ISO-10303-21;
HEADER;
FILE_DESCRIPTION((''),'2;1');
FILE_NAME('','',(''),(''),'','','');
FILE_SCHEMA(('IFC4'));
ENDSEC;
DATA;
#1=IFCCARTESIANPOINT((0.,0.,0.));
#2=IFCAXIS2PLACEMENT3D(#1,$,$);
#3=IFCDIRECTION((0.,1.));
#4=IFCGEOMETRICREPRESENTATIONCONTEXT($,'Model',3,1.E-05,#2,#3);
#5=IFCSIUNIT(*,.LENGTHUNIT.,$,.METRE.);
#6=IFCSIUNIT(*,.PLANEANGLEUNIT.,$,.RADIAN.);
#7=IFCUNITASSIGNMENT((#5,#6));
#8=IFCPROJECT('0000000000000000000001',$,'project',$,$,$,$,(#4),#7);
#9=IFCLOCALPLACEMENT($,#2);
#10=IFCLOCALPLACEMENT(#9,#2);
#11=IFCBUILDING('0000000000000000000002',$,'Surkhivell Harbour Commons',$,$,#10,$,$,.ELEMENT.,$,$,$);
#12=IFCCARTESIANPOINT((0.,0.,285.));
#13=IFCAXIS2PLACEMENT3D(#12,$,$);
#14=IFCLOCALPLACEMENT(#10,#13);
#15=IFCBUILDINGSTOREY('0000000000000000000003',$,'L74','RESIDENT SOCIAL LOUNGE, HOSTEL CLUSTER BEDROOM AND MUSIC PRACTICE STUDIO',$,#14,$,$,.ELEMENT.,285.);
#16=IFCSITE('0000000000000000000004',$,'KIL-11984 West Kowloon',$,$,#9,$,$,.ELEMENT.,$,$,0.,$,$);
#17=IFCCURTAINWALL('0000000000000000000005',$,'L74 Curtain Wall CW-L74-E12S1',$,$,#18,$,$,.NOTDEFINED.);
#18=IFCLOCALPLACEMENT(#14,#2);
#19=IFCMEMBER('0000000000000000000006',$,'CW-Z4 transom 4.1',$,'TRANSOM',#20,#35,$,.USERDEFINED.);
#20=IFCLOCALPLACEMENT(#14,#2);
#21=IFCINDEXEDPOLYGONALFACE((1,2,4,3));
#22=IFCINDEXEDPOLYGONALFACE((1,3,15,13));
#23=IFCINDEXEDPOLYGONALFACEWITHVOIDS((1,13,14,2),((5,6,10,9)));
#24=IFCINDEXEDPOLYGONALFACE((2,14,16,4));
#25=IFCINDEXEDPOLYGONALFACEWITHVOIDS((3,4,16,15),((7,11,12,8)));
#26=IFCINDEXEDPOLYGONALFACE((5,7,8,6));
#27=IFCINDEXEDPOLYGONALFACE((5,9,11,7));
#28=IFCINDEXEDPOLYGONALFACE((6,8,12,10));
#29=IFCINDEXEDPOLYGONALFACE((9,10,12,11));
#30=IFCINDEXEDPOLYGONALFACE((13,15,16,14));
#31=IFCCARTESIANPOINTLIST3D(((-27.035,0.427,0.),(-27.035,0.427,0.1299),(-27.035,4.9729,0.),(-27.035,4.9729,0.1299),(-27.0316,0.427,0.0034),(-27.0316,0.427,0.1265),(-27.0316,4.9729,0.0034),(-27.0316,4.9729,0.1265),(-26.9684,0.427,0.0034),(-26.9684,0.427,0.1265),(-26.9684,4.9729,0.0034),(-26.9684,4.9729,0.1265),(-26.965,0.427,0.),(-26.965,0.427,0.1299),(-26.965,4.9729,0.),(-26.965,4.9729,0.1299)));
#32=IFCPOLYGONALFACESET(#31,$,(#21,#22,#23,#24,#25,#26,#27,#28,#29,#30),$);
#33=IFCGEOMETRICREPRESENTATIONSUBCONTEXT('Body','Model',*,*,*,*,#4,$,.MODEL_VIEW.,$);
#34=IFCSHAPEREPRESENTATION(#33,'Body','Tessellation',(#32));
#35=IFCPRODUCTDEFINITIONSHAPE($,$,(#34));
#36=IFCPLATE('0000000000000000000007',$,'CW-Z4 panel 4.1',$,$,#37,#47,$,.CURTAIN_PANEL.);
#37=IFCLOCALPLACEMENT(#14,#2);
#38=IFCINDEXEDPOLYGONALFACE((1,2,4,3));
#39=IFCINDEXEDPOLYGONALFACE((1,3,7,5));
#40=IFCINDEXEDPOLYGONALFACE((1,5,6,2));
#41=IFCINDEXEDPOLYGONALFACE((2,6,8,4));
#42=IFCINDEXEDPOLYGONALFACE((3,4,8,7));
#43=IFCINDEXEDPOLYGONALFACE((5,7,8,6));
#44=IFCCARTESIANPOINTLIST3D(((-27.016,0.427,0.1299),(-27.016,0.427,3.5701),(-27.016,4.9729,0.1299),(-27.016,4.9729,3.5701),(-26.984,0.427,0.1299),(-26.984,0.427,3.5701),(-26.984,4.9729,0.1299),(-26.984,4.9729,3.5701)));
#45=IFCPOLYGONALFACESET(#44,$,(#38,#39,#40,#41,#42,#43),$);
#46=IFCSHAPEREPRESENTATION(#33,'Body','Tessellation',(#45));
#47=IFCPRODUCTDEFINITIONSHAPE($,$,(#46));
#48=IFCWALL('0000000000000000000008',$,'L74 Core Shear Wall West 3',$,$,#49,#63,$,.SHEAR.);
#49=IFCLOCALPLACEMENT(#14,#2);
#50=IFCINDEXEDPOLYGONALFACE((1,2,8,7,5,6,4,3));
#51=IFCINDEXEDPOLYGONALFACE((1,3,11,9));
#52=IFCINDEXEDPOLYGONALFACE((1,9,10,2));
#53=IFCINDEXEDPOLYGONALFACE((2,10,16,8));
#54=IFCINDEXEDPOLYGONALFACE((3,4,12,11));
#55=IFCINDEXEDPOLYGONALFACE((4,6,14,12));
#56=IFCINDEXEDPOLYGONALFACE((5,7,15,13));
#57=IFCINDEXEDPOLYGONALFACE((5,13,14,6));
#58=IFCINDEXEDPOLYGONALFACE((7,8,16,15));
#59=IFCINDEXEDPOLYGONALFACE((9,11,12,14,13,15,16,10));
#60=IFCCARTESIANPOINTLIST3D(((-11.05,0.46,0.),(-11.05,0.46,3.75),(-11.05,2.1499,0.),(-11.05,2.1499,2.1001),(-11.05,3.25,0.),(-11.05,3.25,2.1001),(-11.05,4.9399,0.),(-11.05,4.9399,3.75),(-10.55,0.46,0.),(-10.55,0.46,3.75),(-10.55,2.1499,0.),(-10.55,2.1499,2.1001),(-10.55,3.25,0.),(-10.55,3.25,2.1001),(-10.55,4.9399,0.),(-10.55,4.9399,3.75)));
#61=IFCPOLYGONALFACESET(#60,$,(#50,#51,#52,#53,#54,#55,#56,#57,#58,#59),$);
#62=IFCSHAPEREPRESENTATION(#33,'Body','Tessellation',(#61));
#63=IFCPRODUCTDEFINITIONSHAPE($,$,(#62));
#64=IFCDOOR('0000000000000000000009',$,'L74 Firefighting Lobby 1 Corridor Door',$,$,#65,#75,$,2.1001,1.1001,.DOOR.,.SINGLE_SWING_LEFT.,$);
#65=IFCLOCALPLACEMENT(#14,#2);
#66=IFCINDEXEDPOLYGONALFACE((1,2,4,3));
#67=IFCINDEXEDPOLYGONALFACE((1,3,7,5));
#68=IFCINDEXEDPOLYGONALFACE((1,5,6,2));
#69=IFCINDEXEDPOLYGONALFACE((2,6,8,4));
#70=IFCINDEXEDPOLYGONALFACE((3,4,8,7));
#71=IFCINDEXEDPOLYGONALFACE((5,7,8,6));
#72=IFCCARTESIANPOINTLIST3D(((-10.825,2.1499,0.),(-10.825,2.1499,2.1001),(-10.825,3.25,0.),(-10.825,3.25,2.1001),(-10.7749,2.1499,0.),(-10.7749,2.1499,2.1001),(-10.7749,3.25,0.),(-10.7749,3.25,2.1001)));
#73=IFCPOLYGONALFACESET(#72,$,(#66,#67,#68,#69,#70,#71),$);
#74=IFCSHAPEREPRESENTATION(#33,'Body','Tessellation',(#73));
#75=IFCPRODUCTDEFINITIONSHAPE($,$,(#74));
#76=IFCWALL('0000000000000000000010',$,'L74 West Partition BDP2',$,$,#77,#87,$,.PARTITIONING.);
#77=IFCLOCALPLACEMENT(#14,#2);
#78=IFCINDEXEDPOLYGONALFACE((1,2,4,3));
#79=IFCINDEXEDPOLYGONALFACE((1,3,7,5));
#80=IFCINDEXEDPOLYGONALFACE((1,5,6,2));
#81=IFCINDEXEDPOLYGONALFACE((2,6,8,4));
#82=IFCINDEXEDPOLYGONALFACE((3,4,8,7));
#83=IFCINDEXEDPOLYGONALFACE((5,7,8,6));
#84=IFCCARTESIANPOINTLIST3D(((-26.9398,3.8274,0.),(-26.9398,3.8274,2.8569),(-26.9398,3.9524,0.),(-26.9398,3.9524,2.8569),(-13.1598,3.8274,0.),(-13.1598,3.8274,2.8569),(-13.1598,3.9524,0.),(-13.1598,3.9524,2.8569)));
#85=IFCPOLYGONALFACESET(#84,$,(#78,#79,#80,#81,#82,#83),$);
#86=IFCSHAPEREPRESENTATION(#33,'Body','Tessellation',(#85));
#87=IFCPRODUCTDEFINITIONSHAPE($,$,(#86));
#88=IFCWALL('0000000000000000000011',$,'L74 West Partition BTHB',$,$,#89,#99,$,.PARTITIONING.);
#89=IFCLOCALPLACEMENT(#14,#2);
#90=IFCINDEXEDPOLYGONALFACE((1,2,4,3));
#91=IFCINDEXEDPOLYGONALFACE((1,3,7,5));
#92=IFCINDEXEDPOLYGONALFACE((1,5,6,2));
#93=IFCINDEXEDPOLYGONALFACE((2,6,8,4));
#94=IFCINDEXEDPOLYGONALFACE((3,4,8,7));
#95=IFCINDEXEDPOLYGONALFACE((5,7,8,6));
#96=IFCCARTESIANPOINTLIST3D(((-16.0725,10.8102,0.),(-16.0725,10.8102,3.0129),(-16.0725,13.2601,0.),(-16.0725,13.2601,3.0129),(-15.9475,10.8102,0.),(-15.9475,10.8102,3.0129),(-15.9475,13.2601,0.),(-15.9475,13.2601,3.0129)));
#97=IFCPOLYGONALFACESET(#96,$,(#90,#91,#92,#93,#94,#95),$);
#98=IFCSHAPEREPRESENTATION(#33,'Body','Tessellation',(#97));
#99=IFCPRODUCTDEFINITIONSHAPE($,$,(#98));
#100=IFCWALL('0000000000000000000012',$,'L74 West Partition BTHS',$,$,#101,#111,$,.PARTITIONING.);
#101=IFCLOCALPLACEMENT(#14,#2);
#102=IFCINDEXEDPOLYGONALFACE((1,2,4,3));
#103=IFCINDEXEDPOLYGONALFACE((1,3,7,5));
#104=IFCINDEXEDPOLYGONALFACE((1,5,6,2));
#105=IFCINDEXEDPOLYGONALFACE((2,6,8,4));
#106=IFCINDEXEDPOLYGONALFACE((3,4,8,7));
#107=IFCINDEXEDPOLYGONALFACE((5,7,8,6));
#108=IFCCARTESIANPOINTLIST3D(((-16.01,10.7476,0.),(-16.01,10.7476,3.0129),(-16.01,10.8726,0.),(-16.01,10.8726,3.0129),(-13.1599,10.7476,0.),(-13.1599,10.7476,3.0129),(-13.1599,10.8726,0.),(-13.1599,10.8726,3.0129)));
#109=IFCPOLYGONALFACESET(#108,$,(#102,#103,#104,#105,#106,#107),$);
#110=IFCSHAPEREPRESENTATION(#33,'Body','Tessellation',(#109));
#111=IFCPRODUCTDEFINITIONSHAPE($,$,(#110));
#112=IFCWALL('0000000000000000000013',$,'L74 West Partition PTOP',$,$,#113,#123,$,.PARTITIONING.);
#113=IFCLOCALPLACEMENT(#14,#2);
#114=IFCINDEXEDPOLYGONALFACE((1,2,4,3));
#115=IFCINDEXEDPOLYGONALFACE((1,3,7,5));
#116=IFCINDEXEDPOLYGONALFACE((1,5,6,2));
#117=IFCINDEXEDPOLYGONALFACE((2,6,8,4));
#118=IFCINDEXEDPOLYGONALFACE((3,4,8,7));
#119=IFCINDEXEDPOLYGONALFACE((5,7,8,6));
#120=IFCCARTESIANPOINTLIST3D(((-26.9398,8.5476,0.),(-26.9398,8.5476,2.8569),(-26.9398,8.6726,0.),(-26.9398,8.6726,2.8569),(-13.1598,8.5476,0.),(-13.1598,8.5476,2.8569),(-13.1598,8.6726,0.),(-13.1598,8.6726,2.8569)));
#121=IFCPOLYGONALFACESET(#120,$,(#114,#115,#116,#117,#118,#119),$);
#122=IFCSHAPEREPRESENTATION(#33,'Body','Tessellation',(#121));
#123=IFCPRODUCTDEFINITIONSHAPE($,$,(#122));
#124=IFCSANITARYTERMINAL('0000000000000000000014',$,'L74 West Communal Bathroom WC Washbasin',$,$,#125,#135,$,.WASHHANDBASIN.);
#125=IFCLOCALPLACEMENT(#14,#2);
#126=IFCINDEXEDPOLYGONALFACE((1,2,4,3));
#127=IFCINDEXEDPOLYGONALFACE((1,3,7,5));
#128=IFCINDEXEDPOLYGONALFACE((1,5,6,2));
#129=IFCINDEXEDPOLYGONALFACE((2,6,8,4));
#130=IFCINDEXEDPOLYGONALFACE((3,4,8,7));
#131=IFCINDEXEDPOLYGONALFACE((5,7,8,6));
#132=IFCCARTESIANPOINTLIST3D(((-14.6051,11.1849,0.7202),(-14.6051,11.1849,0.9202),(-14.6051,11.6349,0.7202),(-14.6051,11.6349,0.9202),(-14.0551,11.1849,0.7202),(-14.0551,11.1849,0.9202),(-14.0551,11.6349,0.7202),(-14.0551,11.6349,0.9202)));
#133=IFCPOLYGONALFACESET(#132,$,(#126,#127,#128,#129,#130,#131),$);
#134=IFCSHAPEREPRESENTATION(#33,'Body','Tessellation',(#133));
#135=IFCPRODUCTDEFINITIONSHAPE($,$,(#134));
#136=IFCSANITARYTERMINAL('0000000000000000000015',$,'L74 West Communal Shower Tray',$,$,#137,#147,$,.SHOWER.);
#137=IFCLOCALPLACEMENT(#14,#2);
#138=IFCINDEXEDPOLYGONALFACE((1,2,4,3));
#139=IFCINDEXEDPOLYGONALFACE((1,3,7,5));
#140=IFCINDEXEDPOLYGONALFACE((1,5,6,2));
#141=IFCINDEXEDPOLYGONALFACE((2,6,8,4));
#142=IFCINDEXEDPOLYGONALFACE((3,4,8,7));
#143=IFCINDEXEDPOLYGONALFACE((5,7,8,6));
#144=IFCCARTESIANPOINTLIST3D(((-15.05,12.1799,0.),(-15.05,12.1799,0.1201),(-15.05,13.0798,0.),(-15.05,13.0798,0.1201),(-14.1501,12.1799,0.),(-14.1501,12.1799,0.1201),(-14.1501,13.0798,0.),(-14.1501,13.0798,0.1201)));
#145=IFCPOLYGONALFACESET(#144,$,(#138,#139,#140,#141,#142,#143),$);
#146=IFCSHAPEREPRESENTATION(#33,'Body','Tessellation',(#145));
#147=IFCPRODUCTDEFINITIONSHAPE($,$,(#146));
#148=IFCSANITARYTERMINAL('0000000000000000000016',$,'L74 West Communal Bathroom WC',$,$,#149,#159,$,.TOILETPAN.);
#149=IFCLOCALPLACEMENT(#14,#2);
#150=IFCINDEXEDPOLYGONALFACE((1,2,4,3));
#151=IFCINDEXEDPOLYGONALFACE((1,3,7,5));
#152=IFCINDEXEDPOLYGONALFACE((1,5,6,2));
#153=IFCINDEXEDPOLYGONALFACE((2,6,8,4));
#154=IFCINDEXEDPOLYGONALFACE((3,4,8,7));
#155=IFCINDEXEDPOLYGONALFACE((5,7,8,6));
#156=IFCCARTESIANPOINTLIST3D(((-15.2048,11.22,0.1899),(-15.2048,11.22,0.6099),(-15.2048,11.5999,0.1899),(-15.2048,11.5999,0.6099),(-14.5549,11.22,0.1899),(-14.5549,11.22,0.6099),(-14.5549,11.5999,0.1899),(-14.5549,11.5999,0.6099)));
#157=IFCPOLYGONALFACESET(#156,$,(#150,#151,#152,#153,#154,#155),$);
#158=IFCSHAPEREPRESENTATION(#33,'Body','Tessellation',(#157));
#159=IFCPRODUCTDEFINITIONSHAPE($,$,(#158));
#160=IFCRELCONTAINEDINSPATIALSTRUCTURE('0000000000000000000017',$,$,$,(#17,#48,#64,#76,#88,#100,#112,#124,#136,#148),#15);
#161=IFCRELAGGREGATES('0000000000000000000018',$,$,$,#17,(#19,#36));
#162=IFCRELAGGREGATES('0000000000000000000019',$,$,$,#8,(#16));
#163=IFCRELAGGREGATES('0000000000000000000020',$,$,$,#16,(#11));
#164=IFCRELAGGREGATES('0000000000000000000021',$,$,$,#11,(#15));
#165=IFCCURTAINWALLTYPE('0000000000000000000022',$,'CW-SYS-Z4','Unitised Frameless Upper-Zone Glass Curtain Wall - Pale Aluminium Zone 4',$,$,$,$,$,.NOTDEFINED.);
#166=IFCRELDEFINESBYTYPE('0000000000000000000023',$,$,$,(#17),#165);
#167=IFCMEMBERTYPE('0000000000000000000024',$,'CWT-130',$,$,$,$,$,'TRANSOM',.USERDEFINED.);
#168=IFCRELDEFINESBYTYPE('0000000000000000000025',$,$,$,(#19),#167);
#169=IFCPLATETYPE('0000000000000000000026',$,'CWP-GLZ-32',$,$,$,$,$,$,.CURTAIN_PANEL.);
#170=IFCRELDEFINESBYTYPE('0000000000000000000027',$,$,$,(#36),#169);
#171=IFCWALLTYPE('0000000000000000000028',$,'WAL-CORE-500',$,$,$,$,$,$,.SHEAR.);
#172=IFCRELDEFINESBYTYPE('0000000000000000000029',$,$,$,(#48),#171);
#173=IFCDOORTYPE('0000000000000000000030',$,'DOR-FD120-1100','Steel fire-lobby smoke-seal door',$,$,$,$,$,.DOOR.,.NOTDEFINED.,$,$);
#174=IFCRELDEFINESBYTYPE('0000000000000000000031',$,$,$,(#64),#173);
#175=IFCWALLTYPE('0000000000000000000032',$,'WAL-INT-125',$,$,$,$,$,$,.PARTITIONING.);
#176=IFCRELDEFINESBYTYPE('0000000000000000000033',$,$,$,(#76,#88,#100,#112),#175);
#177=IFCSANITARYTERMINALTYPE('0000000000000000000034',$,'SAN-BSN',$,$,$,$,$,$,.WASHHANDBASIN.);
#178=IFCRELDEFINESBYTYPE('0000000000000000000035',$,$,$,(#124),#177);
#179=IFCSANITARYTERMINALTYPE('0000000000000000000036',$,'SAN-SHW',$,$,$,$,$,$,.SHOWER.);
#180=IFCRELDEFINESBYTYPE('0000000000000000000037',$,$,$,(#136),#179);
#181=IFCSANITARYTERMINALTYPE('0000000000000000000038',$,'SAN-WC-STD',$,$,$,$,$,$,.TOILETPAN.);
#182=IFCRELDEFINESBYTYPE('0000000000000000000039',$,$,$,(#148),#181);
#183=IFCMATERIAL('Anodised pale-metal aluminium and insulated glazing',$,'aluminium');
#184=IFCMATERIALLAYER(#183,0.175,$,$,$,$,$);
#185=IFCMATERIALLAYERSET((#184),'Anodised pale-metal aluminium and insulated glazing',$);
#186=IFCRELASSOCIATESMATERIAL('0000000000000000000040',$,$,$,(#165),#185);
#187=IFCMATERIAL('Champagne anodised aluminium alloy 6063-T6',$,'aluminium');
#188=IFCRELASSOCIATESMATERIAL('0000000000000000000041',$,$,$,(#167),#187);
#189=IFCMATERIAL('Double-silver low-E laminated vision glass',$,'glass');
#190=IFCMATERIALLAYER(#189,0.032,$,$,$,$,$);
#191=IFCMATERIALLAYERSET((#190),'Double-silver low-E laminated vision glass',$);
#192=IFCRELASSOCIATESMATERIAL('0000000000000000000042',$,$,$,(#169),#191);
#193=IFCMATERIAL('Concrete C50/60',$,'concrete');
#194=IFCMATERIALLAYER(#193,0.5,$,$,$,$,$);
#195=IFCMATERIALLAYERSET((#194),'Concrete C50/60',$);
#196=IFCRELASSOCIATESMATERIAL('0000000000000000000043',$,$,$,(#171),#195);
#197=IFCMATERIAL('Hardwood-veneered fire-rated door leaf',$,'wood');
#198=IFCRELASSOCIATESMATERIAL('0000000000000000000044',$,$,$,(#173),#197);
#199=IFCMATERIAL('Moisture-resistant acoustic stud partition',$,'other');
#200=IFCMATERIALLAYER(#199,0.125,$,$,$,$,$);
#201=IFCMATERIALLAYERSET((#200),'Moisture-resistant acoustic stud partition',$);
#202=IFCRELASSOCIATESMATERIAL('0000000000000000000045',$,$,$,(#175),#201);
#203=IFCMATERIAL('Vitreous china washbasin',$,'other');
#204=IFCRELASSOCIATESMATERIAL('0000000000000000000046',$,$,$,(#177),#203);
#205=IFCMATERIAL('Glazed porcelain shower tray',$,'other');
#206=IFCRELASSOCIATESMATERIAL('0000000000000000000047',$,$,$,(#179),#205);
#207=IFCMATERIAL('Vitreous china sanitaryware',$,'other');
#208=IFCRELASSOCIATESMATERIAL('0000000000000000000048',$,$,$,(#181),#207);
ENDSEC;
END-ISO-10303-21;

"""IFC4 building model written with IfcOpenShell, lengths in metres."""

from ifc_helpers import new_model, si_unit, direction, frame, frame_2d, origin, origin_2d, place, context, subcontext, project, spatial, rectangle, hollow_rectangle, extrude, material, layer, layer_set, material_profile, profile_set, type_object, element, fill, aggregate, save


model = new_model("IFC4")

# Units and contexts
model_context = context("Model", 3, precision=1e-05, world=origin(), true_north=direction((0.0, 1.0)))
body_context = subcontext(model_context, "Body", "Model", "MODEL_VIEW")
ifc_project = project(units=[si_unit("LENGTHUNIT", "METRE"), si_unit("PLANEANGLEUNIT", "RADIAN")], contexts=[model_context])

# Site, building, storey
site_placement = place(None, origin())
site = spatial("IfcSite", under=ifc_project, at=site_placement, Name="KIL-11984 West Kowloon", CompositionType="ELEMENT", RefElevation=0.0)
building_placement = place(site_placement, origin())
building = spatial("IfcBuilding", under=site, at=building_placement, Name="Surkhivell Harbour Commons", CompositionType="ELEMENT")
storey_placement = place(building_placement, frame((0.0, 0.0, 285.0)))
storey = spatial("IfcBuildingStorey", under=building, at=storey_placement, Name="L74", Description="RESIDENT SOCIAL LOUNGE, HOSTEL CLUSTER BEDROOM AND MUSIC PRACTICE STUDIO", CompositionType="ELEMENT", Elevation=285.0)

# Shared definitions
ifc_material_1 = material(Name="Concrete C50/60", Category="concrete")

# Curtain wall, member, plate
ifc_material_2 = material(Name="Anodised pale-metal aluminium and insulated glazing", Category="aluminium")
ifc_layer_1 = layer(ifc_material_2, 0.175)
ifc_layer_set_1 = layer_set([ifc_layer_1], Name="Anodised pale-metal aluminium and insulated glazing")
curtain_wall_type = type_object("IfcCurtainWallType", Name="CW-SYS-Z4", Description="Unitised Frameless Upper-Zone Glass Curtain Wall - Pale Aluminium Zone 4", PredefinedType="NOTDEFINED", material=ifc_layer_set_1)
curtain_wall_placement = place(storey_placement, origin())
curtain_wall = element("IfcCurtainWall", 1, at=curtain_wall_placement, inside=storey, type_object=curtain_wall_type, Name="L74 Curtain Wall CW-L74-E12S1", PredefinedType="NOTDEFINED")
ifc_material_3 = material(Name="Champagne anodised aluminium alloy 6063-T6", Category="aluminium")
ifc_material_profile_1 = material_profile(ifc_material_3, hollow_rectangle(XDim=0.0701, YDim=0.1299, WallThickness=0.0034, at=origin_2d()), Name="ALU-TRAN-70x130")
ifc_profile_set_1 = profile_set([ifc_material_profile_1], Name="Champagne anodised aluminium alloy 6063-T6")
member_type_1 = type_object("IfcMemberType", Name="CWT-130", ElementType="TRANSOM", PredefinedType="USERDEFINED", material=ifc_profile_set_1)
member_1_placement = place(storey_placement, frame((-27.0, 4.9729, 0.0649), z_axis=(0.0, -1.0, 0.0), x_axis=(1.0, 0.0, 0.0)))
member_1 = element("IfcMember", 2, at=member_1_placement, type_object=member_type_1, Name="CW-Z4 transom 4.1", ObjectType="TRANSOM", PredefinedType="USERDEFINED", context=body_context, shape_type="SweptSolid", body=[
    extrude(hollow_rectangle(XDim=0.0701, YDim=0.1299, WallThickness=0.0034, at=origin_2d()), origin(), (0.0, 0.0, 1.0), 4.5459),
])
ifc_material_4 = material(Name="Double-silver low-E laminated vision glass", Category="glass")
ifc_layer_2 = layer(ifc_material_4, 0.032)
ifc_layer_set_2 = layer_set([ifc_layer_2], Name="Double-silver low-E laminated vision glass")
plate_type = type_object("IfcPlateType", Name="CWP-GLZ-32", PredefinedType="CURTAIN_PANEL", material=ifc_layer_set_2)
plate_1_placement = place(storey_placement, frame((-27.0, 4.9729, 0.1299), z_axis=(0.0, 0.0, 1.0), x_axis=(0.0, -1.0, 0.0)))
plate_1 = element("IfcPlate", 3, at=plate_1_placement, type_object=plate_type, Name="CW-Z4 panel 4.1", PredefinedType="CURTAIN_PANEL", context=body_context, shape_type="SweptSolid", body=[
    extrude(rectangle(XDim=4.5459, YDim=0.032, at=frame_2d((2.2729, 0.0))), origin(), (0.0, 0.0, 1.0), 3.4402),
])
aggregate(curtain_wall, [member_1, plate_1])

# Wall, opening, door
ifc_layer_3 = layer(ifc_material_1, 0.5)
ifc_layer_set_3 = layer_set([ifc_layer_3], Name="Concrete C50/60")
wall_type_1 = type_object("IfcWallType", Name="WAL-CORE-500", PredefinedType="SHEAR", material=ifc_layer_set_3)
wall_1_placement = place(storey_placement, frame((-10.8, 0.46, 0.0), z_axis=(0.0, 0.0, 1.0), x_axis=(0.0, 1.0, 0.0)))
wall_1 = element("IfcWall", 4, at=wall_1_placement, inside=storey, type_object=wall_type_1, Name="L74 Core Shear Wall West 3", PredefinedType="SHEAR", context=body_context, shape_type="SweptSolid", body=[
    extrude(rectangle(XDim=4.48, YDim=0.5, at=frame_2d((2.24, 0.0))), origin(), (0.0, 0.0, 1.0), 3.75),
])
opening_placement = place(wall_1_placement, frame((1.6899, 0.0, 0.0)))
opening = element("IfcOpeningElement", 5, at=opening_placement, cuts=wall_1, PredefinedType="OPENING", context=body_context, shape_type="SweptSolid", body=[
    extrude(rectangle(XDim=1.1001, YDim=2.1001, at=frame_2d((0.55, 1.05))), frame((0.0, 0.26, 0.0), z_axis=(0.0, -1.0, 0.0), x_axis=(1.0, 0.0, 0.0)), (0.0, 0.0, 1.0), 0.52),
])
ifc_material_5 = material(Name="Hardwood-veneered fire-rated door leaf", Category="wood")
door_type = type_object("IfcDoorType", Name="DOR-FD120-1100", Description="Steel fire-lobby smoke-seal door", OperationType="NOTDEFINED", PredefinedType="DOOR", material=ifc_material_5)
door_placement = place(opening_placement, origin())
door = element("IfcDoor", 6, at=door_placement, inside=storey, type_object=door_type, Name="L74 Firefighting Lobby 1 Corridor Door", OperationType="SINGLE_SWING_LEFT", OverallHeight=2.1001, OverallWidth=1.1001, PredefinedType="DOOR", context=body_context, shape_type="SweptSolid", body=[
    extrude(rectangle(XDim=1.1001, YDim=2.1001, at=frame_2d((0.55, 1.05))), frame((0.0, 0.0249, 0.0), z_axis=(0.0, -1.0, 0.0), x_axis=(1.0, 0.0, 0.0)), (0.0, 0.0, 1.0), 0.05),
])
fill(opening, door)

# Walls
ifc_material_6 = material(Name="Moisture-resistant acoustic stud partition", Category="other")
ifc_layer_4 = layer(ifc_material_6, 0.125)
ifc_layer_set_4 = layer_set([ifc_layer_4], Name="Moisture-resistant acoustic stud partition")
wall_type_2 = type_object("IfcWallType", Name="WAL-INT-125", PredefinedType="PARTITIONING", material=ifc_layer_set_4)
wall_2_placement = place(storey_placement, frame((-26.9399, 3.8899, 0.0), z_axis=(0.0, 0.0, 1.0), x_axis=(1.0, 0.0, 0.0)))
element("IfcWall", 7, at=wall_2_placement, inside=storey, type_object=wall_type_2, Name="L74 West Partition BDP2", PredefinedType="PARTITIONING", context=body_context, shape_type="SweptSolid", body=[
    extrude(rectangle(XDim=13.78, YDim=0.125, at=frame_2d((6.8901, 0.0))), origin(), (0.0, 0.0, 1.0), 2.8569),
])
wall_3_placement = place(storey_placement, frame((-16.01, 10.8101, 0.0), z_axis=(0.0, 0.0, 1.0), x_axis=(0.0, 1.0, 0.0)))
element("IfcWall", 8, at=wall_3_placement, inside=storey, type_object=wall_type_2, Name="L74 West Partition BTHB", PredefinedType="PARTITIONING", context=body_context, shape_type="SweptSolid", body=[
    extrude(rectangle(XDim=2.45, YDim=0.125, at=frame_2d((1.2251, 0.0))), origin(), (0.0, 0.0, 1.0), 3.0129),
])
wall_4_placement = place(storey_placement, frame((-16.01, 10.8101, 0.0), z_axis=(0.0, 0.0, 1.0), x_axis=(1.0, 0.0, 0.0)))
element("IfcWall", 9, at=wall_4_placement, inside=storey, type_object=wall_type_2, Name="L74 West Partition BTHS", PredefinedType="PARTITIONING", context=body_context, shape_type="SweptSolid", body=[
    extrude(rectangle(XDim=2.8501, YDim=0.125, at=frame_2d((1.425, 0.0))), origin(), (0.0, 0.0, 1.0), 3.0129),
])
wall_5_placement = place(storey_placement, frame((-26.9399, 8.6101, 0.0), z_axis=(0.0, 0.0, 1.0), x_axis=(1.0, 0.0, 0.0)))
element("IfcWall", 10, at=wall_5_placement, inside=storey, type_object=wall_type_2, Name="L74 West Partition PTOP", PredefinedType="PARTITIONING", context=body_context, shape_type="SweptSolid", body=[
    extrude(rectangle(XDim=13.78, YDim=0.125, at=frame_2d((6.8901, 0.0))), origin(), (0.0, 0.0, 1.0), 2.8569),
])

# Sanitary terminals
ifc_material_7 = material(Name="Vitreous china washbasin", Category="other")
sanitary_terminal_type_1 = type_object("IfcSanitaryTerminalType", Name="SAN-BSN", PredefinedType="WASHHANDBASIN", material=ifc_material_7)
sanitary_terminal_1_placement = place(storey_placement, frame((-14.3301, 11.4099, 0.7202), z_axis=(0.0, 0.0, 1.0), x_axis=(1.0, 0.0, 0.0)))
element("IfcSanitaryTerminal", 11, at=sanitary_terminal_1_placement, inside=storey, type_object=sanitary_terminal_type_1, Name="L74 West Communal Bathroom WC Washbasin", PredefinedType="WASHHANDBASIN", context=body_context, shape_type="SweptSolid", body=[
    extrude(rectangle(XDim=0.55, YDim=0.45, at=origin_2d()), origin(), (0.0, 0.0, 1.0), 0.2),
])
ifc_material_8 = material(Name="Glazed porcelain shower tray", Category="other")
sanitary_terminal_type_2 = type_object("IfcSanitaryTerminalType", Name="SAN-SHW", PredefinedType="SHOWER", material=ifc_material_8)
sanitary_terminal_2_placement = place(storey_placement, frame((-14.6001, 12.6299, 0.0), z_axis=(0.0, 0.0, 1.0), x_axis=(1.0, 0.0, 0.0)))
element("IfcSanitaryTerminal", 12, at=sanitary_terminal_2_placement, inside=storey, type_object=sanitary_terminal_type_2, Name="L74 West Communal Shower Tray", PredefinedType="SHOWER", context=body_context, shape_type="SweptSolid", body=[
    extrude(rectangle(XDim=0.8999, YDim=0.8999, at=origin_2d()), origin(), (0.0, 0.0, 1.0), 0.1201),
])
ifc_material_9 = material(Name="Vitreous china sanitaryware", Category="other")
sanitary_terminal_type_3 = type_object("IfcSanitaryTerminalType", Name="SAN-WC-STD", PredefinedType="TOILETPAN", material=ifc_material_9)
sanitary_terminal_3_placement = place(storey_placement, frame((-14.8799, 11.4099, 0.1899), z_axis=(0.0, 0.0, 1.0), x_axis=(1.0, 0.0, 0.0)))
element("IfcSanitaryTerminal", 13, at=sanitary_terminal_3_placement, inside=storey, type_object=sanitary_terminal_type_3, Name="L74 West Communal Bathroom WC", PredefinedType="TOILETPAN", context=body_context, shape_type="SweptSolid", body=[
    extrude(rectangle(XDim=0.6499, YDim=0.3799, at=origin_2d()), origin(), (0.0, 0.0, 1.0), 0.4199),
])

save(model, "model.ifc")
